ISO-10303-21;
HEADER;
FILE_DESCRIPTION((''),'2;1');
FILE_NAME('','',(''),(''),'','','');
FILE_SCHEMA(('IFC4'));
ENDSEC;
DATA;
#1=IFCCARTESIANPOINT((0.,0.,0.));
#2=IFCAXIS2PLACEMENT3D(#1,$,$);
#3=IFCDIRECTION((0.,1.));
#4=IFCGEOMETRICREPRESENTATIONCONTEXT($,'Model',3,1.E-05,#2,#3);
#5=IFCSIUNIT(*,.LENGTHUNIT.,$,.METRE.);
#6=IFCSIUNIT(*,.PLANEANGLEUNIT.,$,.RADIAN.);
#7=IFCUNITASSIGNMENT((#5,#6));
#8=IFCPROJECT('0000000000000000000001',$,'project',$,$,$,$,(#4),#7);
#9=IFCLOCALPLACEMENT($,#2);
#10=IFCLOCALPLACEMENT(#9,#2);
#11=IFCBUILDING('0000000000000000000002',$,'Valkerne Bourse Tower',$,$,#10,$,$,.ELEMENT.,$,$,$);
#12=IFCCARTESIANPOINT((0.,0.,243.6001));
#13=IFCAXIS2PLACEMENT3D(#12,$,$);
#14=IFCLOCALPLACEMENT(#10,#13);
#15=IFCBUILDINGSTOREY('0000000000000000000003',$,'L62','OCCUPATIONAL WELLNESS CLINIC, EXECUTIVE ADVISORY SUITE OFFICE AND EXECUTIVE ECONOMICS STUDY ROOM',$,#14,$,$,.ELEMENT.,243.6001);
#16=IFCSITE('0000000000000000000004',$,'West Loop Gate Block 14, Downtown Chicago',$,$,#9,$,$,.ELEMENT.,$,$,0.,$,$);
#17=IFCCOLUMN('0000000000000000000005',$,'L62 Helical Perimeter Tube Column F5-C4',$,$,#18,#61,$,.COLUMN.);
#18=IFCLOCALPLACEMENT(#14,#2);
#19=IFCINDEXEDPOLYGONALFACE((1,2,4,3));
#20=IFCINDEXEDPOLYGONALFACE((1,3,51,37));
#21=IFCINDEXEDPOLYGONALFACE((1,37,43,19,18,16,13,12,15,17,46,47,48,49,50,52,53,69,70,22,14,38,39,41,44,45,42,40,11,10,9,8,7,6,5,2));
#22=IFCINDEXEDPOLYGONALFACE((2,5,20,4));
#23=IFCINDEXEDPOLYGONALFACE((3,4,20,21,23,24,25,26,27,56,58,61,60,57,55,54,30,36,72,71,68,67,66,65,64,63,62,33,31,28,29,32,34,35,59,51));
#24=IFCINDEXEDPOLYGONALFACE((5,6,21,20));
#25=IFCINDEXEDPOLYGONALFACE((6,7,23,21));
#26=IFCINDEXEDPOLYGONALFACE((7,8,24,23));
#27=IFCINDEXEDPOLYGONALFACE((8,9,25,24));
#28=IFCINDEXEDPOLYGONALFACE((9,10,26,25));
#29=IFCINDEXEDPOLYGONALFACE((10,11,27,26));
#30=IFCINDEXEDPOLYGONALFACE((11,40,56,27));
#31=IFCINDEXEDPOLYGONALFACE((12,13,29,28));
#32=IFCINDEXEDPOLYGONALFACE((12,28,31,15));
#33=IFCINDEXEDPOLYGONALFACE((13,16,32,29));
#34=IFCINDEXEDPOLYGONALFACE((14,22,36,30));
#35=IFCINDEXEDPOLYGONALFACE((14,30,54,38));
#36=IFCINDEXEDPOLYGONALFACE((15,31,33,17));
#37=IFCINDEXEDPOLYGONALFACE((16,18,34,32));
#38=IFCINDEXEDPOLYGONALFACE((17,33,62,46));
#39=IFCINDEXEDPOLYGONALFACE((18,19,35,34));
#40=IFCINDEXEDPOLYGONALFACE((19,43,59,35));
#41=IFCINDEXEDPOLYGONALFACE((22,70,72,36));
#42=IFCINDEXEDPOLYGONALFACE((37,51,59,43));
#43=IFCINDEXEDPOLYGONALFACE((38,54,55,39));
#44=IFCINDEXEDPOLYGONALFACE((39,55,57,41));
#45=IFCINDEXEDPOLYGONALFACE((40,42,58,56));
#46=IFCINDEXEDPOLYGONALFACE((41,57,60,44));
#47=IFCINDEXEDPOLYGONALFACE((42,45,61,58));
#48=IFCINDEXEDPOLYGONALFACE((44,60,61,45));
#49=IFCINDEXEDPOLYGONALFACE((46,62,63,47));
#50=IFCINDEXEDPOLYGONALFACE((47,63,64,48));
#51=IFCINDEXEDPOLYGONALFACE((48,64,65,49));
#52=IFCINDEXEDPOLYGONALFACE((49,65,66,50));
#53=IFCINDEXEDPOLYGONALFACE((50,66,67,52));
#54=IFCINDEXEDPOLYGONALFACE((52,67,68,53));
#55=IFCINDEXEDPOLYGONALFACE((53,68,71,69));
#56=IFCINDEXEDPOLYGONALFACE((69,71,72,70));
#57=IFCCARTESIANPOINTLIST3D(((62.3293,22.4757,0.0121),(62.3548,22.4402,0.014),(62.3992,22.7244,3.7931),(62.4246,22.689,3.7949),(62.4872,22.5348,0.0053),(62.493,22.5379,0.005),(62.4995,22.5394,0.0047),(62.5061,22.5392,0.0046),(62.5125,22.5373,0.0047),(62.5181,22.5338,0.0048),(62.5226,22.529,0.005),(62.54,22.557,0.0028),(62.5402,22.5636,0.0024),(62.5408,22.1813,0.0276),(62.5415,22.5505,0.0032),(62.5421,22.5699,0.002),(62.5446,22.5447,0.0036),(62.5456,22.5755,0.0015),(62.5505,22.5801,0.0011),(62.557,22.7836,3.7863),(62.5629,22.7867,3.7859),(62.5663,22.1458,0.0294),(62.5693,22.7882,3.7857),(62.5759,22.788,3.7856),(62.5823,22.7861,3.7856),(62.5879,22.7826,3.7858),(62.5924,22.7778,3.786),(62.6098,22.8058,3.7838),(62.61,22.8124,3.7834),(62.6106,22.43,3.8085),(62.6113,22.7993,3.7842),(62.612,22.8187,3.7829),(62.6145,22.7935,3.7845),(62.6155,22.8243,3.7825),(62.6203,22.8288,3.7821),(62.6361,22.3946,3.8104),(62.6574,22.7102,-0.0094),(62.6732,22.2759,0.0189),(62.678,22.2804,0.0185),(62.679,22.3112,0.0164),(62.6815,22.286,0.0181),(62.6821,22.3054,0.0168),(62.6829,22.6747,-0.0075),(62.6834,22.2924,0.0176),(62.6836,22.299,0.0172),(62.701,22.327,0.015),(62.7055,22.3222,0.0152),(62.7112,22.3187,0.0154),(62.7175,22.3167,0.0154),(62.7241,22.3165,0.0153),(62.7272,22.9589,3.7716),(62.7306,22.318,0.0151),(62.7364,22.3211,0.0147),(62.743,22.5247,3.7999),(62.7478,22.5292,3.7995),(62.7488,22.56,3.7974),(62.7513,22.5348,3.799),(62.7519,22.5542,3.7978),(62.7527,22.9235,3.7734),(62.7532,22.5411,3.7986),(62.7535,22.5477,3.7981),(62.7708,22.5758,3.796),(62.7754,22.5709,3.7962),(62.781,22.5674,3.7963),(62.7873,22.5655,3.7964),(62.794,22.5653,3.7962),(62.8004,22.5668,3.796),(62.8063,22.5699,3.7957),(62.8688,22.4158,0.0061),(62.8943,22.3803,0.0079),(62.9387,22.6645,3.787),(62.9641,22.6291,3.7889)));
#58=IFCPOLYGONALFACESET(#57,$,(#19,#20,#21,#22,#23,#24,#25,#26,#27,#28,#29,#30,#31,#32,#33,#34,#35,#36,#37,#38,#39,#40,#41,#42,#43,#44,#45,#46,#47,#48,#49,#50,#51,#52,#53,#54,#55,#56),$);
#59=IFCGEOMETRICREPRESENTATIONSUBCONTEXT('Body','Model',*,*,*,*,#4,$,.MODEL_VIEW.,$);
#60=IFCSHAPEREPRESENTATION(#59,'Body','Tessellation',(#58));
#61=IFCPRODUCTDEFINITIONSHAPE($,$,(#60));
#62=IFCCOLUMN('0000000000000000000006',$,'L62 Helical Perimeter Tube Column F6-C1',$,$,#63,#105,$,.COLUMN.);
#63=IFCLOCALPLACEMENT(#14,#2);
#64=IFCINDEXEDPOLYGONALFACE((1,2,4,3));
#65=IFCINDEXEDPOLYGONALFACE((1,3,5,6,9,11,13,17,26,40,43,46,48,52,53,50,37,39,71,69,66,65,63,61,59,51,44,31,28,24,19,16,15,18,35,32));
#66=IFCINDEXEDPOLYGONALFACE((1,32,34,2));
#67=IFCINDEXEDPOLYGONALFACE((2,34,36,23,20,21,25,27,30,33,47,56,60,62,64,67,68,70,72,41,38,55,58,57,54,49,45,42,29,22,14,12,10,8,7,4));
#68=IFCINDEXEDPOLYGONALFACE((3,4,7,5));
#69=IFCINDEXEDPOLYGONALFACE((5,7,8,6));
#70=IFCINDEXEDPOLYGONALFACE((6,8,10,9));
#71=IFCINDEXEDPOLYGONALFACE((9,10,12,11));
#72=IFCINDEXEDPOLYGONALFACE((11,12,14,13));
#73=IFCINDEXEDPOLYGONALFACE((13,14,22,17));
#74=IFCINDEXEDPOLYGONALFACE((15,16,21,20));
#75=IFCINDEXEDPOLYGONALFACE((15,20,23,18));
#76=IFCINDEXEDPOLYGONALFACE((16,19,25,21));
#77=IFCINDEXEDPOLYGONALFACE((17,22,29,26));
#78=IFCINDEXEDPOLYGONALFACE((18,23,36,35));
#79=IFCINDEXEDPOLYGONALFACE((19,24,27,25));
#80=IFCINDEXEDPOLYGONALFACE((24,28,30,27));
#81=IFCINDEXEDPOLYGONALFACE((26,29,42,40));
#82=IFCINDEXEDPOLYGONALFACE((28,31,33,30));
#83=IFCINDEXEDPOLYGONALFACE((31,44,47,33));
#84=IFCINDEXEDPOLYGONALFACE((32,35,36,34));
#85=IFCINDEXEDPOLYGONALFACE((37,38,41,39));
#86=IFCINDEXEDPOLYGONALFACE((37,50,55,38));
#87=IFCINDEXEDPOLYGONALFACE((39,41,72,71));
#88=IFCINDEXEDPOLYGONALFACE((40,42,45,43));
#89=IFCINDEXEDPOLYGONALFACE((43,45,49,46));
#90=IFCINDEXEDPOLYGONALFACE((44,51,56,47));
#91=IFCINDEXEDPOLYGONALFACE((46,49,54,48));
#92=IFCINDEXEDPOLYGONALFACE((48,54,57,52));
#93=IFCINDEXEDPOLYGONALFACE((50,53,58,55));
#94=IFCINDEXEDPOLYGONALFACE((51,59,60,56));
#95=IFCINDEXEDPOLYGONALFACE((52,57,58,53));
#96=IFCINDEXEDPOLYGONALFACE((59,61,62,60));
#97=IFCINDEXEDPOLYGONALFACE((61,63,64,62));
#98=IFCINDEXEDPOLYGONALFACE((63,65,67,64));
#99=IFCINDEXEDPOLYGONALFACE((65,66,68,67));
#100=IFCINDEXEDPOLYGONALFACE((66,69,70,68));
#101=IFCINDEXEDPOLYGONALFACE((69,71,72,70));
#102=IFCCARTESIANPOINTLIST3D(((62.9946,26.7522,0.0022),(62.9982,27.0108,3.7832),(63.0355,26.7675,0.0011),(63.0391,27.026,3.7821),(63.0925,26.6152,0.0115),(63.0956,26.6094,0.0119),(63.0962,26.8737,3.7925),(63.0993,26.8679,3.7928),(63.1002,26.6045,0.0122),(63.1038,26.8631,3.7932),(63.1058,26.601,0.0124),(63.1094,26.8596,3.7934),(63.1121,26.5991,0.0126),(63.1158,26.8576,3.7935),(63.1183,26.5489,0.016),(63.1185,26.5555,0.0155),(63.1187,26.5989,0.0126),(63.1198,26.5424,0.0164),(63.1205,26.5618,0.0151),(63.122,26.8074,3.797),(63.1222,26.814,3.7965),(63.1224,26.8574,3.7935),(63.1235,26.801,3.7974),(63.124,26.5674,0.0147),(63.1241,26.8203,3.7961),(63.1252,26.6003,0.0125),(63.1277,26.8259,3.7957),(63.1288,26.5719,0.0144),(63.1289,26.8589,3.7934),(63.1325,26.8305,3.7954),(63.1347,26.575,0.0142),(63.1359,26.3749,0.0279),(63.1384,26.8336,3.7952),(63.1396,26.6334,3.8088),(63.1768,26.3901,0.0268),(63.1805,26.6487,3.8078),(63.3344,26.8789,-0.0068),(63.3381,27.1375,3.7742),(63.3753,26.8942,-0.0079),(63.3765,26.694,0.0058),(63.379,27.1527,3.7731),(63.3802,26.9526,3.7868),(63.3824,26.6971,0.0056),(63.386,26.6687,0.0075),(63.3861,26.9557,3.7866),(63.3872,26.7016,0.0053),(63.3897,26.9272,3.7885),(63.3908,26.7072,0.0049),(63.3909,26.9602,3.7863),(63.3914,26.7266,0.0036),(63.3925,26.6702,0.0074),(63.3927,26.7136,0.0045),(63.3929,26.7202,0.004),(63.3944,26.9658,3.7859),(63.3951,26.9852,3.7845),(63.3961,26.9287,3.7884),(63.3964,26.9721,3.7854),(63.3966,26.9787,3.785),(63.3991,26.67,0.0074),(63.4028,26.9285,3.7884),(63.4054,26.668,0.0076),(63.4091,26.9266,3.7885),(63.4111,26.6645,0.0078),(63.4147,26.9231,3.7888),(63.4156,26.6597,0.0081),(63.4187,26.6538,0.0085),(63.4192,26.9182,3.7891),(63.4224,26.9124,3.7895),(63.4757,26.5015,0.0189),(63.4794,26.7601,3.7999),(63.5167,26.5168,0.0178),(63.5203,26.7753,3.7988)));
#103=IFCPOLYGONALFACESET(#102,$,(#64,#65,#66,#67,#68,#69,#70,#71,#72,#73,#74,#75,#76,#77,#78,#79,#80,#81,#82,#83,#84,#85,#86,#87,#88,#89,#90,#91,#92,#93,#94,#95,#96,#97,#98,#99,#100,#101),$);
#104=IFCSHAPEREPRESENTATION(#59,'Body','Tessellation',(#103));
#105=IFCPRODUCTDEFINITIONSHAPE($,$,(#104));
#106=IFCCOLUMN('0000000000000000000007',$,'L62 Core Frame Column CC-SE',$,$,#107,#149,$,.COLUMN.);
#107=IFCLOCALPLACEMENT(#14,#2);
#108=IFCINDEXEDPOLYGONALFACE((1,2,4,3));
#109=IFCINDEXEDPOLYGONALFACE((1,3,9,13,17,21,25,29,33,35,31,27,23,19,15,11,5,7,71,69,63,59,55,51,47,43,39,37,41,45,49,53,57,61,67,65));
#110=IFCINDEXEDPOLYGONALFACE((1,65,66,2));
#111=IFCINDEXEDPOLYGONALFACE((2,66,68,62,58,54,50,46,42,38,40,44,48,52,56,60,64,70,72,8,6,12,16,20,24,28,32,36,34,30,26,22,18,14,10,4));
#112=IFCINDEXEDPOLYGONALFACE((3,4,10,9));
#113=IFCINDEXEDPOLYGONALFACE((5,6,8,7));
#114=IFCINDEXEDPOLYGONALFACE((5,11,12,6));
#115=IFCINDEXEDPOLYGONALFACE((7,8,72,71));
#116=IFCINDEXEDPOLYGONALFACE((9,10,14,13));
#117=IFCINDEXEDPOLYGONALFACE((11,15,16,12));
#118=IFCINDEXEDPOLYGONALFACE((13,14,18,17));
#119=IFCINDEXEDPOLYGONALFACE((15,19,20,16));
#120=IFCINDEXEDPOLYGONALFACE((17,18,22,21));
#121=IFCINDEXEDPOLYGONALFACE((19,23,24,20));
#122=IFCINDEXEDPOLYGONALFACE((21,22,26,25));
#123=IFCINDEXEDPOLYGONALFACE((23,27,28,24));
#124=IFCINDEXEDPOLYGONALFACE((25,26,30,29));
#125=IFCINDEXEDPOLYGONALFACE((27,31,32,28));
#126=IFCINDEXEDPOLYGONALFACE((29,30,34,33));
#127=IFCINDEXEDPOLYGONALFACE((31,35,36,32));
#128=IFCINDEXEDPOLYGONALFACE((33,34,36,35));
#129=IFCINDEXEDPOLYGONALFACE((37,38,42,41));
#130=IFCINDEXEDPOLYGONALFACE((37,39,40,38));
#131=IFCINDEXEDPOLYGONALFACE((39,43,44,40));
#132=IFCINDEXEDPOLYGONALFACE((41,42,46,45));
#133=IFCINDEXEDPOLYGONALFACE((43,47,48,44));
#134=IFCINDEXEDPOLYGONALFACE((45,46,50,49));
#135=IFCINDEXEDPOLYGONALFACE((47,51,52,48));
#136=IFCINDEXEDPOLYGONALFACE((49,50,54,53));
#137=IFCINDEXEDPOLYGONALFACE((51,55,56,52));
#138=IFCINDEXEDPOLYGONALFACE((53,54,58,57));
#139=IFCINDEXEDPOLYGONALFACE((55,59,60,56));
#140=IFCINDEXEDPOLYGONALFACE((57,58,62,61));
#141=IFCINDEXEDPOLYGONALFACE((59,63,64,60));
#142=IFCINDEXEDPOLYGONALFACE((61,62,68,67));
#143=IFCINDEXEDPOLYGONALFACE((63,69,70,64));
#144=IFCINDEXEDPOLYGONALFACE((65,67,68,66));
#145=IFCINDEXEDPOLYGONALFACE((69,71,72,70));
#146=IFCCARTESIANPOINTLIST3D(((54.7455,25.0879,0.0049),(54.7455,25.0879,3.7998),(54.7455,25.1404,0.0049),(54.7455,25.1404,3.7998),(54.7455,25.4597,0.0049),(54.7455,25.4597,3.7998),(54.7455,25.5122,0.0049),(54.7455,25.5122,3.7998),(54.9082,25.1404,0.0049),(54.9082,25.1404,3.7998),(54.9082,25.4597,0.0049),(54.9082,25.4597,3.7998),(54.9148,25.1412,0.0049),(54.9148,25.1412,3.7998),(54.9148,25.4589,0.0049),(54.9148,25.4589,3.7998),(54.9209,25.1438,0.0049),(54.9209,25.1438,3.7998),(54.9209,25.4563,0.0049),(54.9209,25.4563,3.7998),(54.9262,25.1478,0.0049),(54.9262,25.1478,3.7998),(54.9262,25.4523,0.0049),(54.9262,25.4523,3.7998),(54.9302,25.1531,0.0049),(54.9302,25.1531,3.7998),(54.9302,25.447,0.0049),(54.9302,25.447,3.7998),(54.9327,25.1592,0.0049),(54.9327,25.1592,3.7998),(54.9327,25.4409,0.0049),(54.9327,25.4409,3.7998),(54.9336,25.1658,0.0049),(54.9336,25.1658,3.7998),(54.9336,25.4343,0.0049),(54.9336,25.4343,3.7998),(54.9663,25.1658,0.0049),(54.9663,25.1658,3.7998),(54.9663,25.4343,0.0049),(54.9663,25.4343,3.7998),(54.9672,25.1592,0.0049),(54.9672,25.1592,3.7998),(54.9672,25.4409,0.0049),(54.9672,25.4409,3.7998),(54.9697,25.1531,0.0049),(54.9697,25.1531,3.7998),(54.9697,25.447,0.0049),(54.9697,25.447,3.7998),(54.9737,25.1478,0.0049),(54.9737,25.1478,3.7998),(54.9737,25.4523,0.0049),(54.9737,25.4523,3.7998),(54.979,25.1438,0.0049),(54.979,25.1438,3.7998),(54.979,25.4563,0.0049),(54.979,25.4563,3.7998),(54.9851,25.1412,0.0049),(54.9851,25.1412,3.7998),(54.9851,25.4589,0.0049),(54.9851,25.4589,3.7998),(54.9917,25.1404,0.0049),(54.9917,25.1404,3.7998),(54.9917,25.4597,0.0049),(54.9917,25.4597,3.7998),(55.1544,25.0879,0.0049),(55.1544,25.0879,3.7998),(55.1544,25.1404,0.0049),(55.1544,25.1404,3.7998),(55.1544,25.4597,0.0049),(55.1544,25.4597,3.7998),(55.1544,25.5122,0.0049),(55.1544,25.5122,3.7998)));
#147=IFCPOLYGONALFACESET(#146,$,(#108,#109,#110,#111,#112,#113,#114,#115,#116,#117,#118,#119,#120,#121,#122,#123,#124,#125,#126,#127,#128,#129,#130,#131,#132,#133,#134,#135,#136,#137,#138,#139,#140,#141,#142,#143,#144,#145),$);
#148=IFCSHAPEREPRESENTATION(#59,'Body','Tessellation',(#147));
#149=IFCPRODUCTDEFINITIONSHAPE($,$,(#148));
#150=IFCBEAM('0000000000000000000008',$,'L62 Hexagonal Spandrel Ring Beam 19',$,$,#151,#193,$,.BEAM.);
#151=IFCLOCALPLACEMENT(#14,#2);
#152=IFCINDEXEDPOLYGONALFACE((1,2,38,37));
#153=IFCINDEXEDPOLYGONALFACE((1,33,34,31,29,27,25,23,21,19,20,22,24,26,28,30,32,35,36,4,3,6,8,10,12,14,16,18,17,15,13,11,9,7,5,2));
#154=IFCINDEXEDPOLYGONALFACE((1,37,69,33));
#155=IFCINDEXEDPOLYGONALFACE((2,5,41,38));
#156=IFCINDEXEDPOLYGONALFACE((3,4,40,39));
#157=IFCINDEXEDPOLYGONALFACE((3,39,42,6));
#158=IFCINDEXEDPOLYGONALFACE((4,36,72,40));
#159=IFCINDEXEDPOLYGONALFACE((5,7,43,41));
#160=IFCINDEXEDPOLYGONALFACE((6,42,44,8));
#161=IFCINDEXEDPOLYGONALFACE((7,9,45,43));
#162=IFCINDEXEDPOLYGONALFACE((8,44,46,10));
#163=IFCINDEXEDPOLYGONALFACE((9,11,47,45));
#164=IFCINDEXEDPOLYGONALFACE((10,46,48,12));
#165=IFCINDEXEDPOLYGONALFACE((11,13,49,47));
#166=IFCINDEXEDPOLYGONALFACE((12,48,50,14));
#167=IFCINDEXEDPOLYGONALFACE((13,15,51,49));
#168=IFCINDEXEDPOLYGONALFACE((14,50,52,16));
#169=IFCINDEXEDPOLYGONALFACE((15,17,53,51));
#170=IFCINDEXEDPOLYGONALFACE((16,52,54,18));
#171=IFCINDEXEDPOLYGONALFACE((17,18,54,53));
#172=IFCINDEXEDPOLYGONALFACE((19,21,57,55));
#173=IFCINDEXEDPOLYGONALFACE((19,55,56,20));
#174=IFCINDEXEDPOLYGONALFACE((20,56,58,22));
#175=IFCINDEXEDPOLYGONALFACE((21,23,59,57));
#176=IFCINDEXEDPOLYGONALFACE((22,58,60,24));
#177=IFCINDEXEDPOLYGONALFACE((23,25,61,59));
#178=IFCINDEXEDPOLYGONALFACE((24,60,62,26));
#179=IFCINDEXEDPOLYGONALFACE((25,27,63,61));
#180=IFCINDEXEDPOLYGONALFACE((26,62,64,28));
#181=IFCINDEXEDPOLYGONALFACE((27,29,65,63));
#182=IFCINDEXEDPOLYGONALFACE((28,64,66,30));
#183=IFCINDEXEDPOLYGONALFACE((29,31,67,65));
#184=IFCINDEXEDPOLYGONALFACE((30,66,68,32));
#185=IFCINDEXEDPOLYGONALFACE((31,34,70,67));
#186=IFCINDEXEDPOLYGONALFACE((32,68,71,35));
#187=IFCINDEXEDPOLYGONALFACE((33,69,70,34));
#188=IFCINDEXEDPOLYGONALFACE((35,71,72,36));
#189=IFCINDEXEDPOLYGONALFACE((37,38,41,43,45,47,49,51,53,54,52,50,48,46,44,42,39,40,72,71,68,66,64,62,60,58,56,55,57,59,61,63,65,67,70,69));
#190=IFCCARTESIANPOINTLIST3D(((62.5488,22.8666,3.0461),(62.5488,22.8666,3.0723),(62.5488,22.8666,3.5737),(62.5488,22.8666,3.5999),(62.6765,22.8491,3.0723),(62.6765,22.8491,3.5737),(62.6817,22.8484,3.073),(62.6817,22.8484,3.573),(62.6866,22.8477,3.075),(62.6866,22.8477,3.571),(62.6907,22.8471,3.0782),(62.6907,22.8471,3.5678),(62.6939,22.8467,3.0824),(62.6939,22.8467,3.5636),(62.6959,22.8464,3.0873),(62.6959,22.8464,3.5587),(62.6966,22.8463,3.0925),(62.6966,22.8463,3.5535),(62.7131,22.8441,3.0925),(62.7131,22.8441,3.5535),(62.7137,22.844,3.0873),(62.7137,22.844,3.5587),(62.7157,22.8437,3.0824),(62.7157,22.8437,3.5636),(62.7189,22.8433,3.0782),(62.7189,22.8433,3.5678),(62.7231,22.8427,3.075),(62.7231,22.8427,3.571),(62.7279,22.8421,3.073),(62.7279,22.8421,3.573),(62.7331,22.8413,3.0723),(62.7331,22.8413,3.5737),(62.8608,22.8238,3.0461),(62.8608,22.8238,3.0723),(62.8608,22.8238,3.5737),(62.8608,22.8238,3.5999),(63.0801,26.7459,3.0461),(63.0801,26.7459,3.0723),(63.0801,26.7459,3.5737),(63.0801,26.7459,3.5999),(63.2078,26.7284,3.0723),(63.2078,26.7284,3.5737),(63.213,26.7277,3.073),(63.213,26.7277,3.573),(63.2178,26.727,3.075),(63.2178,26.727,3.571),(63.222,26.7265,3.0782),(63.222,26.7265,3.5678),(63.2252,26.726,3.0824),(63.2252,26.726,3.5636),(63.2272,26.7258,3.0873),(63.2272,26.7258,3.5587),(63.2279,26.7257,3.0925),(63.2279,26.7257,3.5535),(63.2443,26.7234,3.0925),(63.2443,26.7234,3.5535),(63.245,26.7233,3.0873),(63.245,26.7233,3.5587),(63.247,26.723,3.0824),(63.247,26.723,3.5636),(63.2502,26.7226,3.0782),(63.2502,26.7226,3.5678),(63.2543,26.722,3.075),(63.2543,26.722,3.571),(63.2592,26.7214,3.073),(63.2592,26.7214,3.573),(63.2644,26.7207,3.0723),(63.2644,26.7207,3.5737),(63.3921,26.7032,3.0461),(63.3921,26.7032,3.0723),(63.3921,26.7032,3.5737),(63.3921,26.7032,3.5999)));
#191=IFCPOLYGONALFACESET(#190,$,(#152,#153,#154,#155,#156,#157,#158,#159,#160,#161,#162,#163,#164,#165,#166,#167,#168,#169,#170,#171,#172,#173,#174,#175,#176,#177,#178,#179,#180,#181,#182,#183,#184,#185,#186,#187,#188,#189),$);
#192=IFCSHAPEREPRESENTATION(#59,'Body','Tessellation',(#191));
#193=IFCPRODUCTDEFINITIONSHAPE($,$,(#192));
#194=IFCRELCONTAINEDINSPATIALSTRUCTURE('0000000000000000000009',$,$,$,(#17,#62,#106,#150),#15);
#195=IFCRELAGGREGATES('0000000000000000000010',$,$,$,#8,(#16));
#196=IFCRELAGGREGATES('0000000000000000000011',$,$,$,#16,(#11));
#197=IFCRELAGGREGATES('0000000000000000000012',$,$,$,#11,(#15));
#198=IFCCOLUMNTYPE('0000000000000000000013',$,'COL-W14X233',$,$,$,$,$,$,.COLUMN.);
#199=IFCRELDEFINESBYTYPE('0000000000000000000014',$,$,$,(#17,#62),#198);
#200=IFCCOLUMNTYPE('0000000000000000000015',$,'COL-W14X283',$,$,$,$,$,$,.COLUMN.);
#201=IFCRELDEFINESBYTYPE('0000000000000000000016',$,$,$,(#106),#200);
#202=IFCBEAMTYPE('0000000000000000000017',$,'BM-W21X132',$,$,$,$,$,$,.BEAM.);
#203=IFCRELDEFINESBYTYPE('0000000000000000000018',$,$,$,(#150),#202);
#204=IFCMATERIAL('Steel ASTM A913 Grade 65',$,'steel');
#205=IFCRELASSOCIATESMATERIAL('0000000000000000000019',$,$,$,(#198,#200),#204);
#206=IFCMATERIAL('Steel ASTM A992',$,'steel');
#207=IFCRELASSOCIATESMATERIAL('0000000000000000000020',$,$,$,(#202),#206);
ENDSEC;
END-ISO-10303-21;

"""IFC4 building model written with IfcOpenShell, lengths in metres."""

from ifc_helpers import new_model, si_unit, direction, frame, origin, origin_2d, place, context, subcontext, project, spatial, i_section, extrude, material, material_profile, profile_set, type_object, element, save


model = new_model("IFC4")

# Units and contexts
model_context = context("Model", 3, precision=1e-05, world=origin(), true_north=direction((0.0, 1.0)))
body_context = subcontext(model_context, "Body", "Model", "MODEL_VIEW")
ifc_project = project(units=[si_unit("LENGTHUNIT", "METRE"), si_unit("PLANEANGLEUNIT", "RADIAN")], contexts=[model_context])

# Site, building, storey
site_placement = place(None, origin())
site = spatial("IfcSite", under=ifc_project, at=site_placement, Name="West Loop Gate Block 14, Downtown Chicago", CompositionType="ELEMENT", RefElevation=0.0)
building_placement = place(site_placement, origin())
building = spatial("IfcBuilding", under=site, at=building_placement, Name="Valkerne Bourse Tower", CompositionType="ELEMENT")
storey_placement = place(building_placement, frame((0.0, 0.0, 243.6001)))
storey = spatial("IfcBuildingStorey", under=building, at=storey_placement, Name="L62", Description="OCCUPATIONAL WELLNESS CLINIC, EXECUTIVE ADVISORY SUITE OFFICE AND EXECUTIVE ECONOMICS STUDY ROOM", CompositionType="ELEMENT", Elevation=243.6001)

# Columns
ifc_material_1 = material(Name="Steel ASTM A913 Grade 65", Category="steel")
ifc_material_profile_1 = material_profile(ifc_material_1, i_section(OverallWidth=0.4038, OverallDepth=0.4065, WebThickness=0.0271, FlangeThickness=0.0437, FilletRadius=0.0254, at=origin_2d()), Name="W14X233")
ifc_profile_set_1 = profile_set([ifc_material_profile_1], Name="Steel ASTM A913 Grade 65")
column_type_1 = type_object("IfcColumnType", Name="COL-W14X233", PredefinedType="COLUMN", material=ifc_profile_set_1)
for number, where, z_axis, x_axis, name in (
    (1, (62.6118, 22.428, 0.01), (0.018424, 0.065644, 0.997673), (-0.812383, -0.580691, 0.05321), "L62 Helical Perimeter Tube Column F5-C4"),
    (2, (63.2556, 26.6345, 0.01), (0.000966, 0.068221, 0.99767), (0.35005, -0.934572, 0.063567), "L62 Helical Perimeter Tube Column F6-C1"),
):
    element("IfcColumn", number, at=place(storey_placement, frame(where, z_axis=z_axis, x_axis=x_axis)), inside=storey, type_object=column_type_1, Name=name, PredefinedType="COLUMN", context=body_context, shape_type="SweptSolid", body=[
        extrude(i_section(OverallWidth=0.4038, OverallDepth=0.4065, WebThickness=0.0271, FlangeThickness=0.0437, FilletRadius=0.0254, at=origin_2d()), origin(), (0.0, 0.0, 1.0), 3.7898),
    ])
ifc_material_profile_2 = material_profile(ifc_material_1, i_section(OverallWidth=0.4089, OverallDepth=0.4243, WebThickness=0.0327, FlangeThickness=0.0525, FilletRadius=0.0254, at=origin_2d()), Name="W14X283")
ifc_profile_set_2 = profile_set([ifc_material_profile_2], Name="Steel ASTM A913 Grade 65")
column_type_2 = type_object("IfcColumnType", Name="COL-W14X283", PredefinedType="COLUMN", material=ifc_profile_set_2)
column_placement = place(storey_placement, frame((54.95, 25.3, 0.0049), z_axis=(0.0, 0.0, 1.0), x_axis=(1.0, 0.0, 0.0)))
element("IfcColumn", 3, at=column_placement, inside=storey, type_object=column_type_2, Name="L62 Core Frame Column CC-SE", PredefinedType="COLUMN", context=body_context, shape_type="SweptSolid", body=[
    extrude(i_section(OverallWidth=0.4089, OverallDepth=0.4243, WebThickness=0.0327, FlangeThickness=0.0525, FilletRadius=0.0254, at=origin_2d()), origin(), (0.0, 0.0, 1.0), 3.7949),
])

# Beam
ifc_material_2 = material(Name="Steel ASTM A992", Category="steel")
ifc_material_profile_3 = material_profile(ifc_material_2, i_section(OverallWidth=0.3149, OverallDepth=0.5537, WebThickness=0.0166, FlangeThickness=0.0261, FilletRadius=0.0203, at=origin_2d()), Name="W21X132")
ifc_profile_set_3 = profile_set([ifc_material_profile_3], Name="Steel ASTM A992")
beam_type_1 = type_object("IfcBeamType", Name="BM-W21X132", PredefinedType="BEAM", material=ifc_profile_set_3)
beam_1_placement = place(storey_placement, frame((62.7048, 22.8452, 3.323), z_axis=(0.135675, 0.990753, 0.0), x_axis=(-0.990753, 0.135675, 0.0)))
element("IfcBeam", 4, at=beam_1_placement, inside=storey, type_object=beam_type_1, Name="L62 Hexagonal Spandrel Ring Beam 19", PredefinedType="BEAM", context=body_context, shape_type="SweptSolid", body=[
    extrude(i_section(OverallWidth=0.3149, OverallDepth=0.5537, WebThickness=0.0166, FlangeThickness=0.0261, FilletRadius=0.0203, at=origin_2d()), origin(), (0.0, 0.0, 1.0), 3.9155),
])

save(model, "model.ifc")
